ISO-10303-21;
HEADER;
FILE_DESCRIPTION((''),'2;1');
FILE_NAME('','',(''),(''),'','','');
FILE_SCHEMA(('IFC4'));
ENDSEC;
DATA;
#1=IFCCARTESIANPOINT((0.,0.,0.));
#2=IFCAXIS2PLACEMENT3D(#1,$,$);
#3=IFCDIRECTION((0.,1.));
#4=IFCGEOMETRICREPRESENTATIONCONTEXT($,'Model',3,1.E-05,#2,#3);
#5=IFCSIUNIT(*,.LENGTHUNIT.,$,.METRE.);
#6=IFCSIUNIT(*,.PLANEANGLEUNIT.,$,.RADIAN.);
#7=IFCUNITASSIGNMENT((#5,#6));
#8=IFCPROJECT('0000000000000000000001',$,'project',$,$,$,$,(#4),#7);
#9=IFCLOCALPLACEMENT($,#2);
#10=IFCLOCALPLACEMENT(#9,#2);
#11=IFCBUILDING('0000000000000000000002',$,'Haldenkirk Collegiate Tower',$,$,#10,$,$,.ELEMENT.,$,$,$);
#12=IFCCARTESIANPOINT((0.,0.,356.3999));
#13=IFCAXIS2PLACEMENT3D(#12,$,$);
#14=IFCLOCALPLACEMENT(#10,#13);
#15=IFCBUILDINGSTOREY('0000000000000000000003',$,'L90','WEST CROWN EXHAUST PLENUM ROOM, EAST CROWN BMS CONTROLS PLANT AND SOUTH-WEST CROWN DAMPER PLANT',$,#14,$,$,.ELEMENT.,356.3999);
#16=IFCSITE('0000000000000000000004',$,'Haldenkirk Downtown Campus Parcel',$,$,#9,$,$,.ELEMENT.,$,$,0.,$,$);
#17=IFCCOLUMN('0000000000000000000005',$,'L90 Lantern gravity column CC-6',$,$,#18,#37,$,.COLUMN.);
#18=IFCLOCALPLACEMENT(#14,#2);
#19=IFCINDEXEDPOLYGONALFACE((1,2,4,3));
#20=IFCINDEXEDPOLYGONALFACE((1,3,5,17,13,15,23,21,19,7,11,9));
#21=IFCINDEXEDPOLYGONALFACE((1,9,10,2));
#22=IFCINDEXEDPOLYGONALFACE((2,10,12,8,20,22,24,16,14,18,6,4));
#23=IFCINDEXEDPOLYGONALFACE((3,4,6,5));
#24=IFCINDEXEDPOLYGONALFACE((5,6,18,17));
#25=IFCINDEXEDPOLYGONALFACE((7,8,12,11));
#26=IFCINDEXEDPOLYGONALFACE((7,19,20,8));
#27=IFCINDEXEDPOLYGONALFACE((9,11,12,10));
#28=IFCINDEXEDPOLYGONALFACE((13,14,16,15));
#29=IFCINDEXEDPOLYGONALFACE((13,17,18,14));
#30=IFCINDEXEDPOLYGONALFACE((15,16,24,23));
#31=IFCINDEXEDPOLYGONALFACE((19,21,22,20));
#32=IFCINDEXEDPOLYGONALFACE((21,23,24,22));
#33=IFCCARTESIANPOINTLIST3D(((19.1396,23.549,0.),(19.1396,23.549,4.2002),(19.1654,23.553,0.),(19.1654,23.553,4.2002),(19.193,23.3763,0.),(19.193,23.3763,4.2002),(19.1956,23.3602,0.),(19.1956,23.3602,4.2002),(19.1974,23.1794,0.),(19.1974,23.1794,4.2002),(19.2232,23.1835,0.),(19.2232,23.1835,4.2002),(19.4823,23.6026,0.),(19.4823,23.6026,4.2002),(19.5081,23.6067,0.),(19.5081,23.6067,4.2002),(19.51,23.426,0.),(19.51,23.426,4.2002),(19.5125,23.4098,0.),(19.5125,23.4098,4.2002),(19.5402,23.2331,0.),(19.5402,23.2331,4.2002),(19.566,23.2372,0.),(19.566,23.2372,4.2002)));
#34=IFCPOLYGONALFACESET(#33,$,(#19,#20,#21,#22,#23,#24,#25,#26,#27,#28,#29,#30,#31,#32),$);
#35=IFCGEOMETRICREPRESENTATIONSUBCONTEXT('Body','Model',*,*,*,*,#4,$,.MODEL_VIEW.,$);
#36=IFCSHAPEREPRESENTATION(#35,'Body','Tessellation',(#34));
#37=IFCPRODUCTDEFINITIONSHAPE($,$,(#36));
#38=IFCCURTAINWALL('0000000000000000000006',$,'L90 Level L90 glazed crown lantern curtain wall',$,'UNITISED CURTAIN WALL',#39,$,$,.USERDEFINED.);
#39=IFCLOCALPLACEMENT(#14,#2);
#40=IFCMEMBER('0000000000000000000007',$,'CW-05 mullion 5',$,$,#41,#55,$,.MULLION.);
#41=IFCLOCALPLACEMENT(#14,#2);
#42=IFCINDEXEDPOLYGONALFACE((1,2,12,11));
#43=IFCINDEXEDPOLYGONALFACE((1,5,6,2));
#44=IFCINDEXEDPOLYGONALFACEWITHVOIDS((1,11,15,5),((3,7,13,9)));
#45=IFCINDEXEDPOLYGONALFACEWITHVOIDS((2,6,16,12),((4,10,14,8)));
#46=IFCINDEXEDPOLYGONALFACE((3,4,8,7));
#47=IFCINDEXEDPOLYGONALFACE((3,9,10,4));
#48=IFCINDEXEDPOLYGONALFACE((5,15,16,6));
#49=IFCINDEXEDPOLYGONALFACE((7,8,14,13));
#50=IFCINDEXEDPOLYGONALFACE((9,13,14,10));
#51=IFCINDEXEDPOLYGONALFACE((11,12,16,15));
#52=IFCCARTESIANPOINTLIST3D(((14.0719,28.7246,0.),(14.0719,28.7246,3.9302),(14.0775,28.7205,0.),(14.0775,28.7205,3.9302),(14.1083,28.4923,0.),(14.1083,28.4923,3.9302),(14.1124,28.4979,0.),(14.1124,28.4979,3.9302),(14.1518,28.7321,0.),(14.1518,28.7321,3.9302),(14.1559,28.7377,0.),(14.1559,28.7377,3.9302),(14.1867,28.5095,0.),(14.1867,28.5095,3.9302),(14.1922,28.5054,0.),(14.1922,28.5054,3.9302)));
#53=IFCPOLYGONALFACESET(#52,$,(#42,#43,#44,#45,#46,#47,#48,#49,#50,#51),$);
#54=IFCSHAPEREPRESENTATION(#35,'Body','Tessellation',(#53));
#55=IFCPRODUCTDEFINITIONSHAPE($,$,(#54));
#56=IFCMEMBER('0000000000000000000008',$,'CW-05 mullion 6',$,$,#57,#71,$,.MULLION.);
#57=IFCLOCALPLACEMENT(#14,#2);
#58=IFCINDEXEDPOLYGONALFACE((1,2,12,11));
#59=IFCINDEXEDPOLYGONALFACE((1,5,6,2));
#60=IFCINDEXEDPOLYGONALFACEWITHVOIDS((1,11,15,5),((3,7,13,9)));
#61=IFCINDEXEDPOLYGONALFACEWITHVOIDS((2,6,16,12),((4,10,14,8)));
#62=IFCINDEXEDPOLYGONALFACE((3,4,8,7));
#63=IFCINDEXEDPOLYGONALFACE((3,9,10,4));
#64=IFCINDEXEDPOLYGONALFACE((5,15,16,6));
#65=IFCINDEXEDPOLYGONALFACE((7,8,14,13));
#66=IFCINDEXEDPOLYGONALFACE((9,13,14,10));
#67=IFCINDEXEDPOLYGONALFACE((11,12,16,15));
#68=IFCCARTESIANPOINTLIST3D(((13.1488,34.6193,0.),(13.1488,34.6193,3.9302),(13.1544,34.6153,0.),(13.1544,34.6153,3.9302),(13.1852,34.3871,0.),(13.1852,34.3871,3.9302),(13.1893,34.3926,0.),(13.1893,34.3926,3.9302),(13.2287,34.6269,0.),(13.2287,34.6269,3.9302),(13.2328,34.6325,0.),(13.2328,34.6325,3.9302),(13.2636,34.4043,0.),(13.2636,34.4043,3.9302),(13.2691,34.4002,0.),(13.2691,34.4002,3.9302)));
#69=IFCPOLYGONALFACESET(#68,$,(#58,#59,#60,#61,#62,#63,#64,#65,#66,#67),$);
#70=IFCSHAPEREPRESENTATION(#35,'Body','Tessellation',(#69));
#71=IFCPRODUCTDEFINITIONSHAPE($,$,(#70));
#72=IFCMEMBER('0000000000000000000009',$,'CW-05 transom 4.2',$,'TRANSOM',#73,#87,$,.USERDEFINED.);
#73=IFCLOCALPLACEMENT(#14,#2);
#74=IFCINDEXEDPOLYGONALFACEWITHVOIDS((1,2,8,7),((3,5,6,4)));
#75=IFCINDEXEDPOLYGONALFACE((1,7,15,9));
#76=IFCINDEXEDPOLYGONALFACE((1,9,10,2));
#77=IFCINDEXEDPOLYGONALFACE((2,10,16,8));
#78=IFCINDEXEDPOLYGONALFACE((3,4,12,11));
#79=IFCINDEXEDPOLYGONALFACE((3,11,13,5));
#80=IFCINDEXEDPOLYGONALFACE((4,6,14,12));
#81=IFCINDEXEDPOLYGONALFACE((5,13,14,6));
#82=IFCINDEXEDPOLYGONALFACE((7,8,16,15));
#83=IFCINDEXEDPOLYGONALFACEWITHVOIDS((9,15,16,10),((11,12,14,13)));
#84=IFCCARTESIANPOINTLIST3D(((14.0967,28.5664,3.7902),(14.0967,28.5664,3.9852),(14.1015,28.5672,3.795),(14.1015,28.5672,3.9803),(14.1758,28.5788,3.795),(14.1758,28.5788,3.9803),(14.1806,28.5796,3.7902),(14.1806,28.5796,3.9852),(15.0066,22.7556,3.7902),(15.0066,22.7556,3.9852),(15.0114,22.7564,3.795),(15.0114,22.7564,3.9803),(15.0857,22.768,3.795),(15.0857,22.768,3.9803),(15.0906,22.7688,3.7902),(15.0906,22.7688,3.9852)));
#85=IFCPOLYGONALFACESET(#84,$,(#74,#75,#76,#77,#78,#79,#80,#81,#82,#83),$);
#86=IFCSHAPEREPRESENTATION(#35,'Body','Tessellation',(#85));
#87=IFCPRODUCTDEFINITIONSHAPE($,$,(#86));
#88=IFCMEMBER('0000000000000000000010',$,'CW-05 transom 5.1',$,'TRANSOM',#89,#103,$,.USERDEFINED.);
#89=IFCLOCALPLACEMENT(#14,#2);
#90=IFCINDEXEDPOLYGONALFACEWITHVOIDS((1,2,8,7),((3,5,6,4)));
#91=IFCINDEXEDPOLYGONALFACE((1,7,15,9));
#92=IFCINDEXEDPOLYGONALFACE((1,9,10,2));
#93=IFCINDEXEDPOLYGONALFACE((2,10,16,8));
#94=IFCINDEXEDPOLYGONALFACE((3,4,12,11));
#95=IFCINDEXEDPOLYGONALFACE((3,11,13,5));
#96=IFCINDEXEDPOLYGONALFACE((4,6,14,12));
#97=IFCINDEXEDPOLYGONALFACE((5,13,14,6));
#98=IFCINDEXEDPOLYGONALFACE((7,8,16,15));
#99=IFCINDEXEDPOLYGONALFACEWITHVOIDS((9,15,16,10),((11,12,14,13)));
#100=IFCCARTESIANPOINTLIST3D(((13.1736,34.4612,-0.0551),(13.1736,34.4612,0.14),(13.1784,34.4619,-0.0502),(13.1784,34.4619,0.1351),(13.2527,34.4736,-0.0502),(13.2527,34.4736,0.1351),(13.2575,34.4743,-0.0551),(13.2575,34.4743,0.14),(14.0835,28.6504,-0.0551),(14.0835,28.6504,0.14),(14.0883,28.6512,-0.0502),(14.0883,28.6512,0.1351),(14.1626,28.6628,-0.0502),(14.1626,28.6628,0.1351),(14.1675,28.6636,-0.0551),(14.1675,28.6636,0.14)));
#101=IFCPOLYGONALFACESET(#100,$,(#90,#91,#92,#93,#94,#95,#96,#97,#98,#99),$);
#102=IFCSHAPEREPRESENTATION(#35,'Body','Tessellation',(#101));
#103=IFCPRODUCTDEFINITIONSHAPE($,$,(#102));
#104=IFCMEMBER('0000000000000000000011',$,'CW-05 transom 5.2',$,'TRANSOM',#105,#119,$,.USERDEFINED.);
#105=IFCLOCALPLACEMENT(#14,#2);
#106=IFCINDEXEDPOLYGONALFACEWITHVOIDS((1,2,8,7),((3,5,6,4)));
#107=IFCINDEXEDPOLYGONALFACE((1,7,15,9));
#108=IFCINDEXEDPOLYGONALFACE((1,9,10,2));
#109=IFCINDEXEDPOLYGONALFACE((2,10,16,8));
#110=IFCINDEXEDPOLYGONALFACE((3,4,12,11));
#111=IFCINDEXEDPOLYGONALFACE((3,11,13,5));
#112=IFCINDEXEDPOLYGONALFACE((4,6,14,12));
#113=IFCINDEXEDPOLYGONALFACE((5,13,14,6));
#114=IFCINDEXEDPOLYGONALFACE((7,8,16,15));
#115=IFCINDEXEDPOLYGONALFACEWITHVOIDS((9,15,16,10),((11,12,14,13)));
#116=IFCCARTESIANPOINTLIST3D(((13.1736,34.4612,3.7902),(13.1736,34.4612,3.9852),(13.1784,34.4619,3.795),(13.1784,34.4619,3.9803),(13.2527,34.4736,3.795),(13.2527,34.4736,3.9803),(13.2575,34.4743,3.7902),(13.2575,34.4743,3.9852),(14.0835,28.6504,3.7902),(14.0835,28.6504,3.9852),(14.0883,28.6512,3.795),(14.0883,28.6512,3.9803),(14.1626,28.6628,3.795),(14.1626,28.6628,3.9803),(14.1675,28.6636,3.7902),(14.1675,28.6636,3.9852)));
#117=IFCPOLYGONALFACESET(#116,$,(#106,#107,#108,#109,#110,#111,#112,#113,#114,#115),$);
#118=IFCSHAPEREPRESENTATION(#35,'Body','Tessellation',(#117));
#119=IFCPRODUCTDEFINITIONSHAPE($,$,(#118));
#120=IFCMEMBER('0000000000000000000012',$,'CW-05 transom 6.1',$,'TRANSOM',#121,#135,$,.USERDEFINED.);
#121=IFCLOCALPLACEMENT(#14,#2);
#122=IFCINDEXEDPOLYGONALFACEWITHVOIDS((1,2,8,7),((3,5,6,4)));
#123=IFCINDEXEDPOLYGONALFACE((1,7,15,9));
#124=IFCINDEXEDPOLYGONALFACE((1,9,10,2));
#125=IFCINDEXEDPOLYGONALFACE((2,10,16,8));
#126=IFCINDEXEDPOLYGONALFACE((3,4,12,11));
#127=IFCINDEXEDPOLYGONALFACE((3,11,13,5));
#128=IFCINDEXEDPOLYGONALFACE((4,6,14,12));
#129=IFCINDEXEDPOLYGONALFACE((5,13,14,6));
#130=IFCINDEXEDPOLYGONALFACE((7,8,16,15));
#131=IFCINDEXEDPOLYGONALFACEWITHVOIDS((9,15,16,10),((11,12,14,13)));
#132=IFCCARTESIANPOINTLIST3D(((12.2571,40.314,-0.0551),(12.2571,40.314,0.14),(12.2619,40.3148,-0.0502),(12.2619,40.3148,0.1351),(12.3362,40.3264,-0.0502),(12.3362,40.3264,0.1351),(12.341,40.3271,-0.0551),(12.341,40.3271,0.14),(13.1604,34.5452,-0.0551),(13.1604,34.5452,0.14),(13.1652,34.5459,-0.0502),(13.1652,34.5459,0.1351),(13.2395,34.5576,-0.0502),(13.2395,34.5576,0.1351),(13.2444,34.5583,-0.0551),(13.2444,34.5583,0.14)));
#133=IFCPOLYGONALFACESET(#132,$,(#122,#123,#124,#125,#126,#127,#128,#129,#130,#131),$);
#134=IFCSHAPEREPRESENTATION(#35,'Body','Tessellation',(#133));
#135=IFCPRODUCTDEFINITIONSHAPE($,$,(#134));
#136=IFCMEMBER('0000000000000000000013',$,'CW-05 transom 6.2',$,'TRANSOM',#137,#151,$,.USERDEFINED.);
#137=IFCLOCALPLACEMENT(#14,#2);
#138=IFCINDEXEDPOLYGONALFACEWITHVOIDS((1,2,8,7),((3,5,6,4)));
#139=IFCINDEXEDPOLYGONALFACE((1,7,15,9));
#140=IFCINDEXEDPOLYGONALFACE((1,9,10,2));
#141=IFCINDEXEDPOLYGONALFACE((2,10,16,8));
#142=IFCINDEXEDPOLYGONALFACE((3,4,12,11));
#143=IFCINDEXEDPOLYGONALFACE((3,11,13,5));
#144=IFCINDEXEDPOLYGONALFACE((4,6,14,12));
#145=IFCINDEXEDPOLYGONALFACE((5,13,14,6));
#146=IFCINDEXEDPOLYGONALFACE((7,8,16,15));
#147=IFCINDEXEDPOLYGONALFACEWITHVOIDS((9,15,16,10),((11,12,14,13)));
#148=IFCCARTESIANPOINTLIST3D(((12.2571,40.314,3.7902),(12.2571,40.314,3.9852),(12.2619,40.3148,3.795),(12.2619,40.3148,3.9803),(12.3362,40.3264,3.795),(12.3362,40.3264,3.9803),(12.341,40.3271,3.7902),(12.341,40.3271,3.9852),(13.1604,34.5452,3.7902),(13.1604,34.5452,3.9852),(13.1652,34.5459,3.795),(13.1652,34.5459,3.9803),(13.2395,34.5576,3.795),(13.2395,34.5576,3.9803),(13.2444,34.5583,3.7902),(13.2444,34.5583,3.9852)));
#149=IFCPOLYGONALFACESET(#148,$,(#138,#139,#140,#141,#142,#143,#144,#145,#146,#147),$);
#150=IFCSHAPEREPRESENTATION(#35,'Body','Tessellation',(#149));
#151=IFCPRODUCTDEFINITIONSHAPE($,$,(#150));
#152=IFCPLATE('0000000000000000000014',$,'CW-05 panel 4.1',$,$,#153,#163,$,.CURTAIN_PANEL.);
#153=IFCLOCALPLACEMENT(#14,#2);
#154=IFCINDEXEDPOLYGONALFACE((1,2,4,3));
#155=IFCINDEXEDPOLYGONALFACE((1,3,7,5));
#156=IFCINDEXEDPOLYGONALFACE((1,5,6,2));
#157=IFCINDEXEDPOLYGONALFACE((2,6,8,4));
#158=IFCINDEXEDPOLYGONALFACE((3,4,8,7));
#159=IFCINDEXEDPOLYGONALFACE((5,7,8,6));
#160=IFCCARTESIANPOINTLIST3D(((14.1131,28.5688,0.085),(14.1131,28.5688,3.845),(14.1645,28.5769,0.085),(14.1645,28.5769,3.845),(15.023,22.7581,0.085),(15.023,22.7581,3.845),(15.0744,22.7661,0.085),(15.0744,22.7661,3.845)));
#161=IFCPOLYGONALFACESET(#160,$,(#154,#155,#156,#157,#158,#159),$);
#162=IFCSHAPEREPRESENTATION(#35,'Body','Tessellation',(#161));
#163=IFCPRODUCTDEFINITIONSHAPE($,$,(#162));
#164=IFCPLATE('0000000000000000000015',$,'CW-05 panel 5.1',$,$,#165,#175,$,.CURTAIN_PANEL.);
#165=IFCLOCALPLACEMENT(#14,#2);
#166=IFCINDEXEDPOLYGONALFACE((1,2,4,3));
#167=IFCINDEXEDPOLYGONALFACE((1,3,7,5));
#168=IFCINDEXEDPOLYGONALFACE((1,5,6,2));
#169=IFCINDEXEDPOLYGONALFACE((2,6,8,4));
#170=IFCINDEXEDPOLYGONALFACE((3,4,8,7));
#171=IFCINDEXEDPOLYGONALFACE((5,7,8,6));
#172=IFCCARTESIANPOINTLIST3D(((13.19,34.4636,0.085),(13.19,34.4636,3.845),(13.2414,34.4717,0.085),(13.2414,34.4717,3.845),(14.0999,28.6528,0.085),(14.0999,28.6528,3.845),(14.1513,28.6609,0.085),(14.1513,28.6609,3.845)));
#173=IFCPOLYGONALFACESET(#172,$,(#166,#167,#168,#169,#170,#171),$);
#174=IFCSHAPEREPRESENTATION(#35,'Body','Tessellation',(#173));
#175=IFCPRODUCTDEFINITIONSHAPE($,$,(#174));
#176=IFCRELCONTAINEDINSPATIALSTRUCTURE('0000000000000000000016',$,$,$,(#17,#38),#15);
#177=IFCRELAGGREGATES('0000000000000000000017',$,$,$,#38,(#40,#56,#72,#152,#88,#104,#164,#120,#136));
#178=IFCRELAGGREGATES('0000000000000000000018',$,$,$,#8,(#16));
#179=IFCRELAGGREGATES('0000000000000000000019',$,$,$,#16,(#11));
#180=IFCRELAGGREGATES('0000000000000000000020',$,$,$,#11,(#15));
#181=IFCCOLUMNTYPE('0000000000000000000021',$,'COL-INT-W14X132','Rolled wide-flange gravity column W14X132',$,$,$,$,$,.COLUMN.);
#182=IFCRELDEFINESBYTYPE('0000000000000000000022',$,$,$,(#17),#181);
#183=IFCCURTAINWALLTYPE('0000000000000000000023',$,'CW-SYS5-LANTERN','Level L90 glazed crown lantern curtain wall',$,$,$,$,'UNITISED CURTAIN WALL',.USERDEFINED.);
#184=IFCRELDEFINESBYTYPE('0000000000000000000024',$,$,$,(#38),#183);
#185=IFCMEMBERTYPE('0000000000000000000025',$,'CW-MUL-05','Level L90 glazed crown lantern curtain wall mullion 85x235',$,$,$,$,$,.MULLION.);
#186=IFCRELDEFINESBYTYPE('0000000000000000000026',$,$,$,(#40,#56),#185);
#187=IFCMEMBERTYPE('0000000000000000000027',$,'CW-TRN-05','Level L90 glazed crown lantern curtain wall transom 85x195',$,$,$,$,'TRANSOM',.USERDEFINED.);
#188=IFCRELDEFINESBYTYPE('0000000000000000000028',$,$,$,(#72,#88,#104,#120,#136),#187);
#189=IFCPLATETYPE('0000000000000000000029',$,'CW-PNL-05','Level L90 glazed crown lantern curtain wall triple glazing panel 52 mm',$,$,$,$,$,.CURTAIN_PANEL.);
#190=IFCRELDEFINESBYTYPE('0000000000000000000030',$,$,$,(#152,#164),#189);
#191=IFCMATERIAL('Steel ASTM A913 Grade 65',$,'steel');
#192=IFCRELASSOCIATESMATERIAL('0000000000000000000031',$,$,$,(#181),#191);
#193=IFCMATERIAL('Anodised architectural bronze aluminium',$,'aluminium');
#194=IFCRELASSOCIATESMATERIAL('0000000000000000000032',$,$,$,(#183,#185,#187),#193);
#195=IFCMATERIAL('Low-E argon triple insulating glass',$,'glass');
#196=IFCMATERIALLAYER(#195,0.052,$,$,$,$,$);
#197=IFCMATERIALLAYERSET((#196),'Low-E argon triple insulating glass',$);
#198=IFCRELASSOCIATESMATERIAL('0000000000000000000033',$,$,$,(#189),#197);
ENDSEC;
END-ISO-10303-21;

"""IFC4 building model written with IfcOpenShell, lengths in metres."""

from ifc_helpers import new_model, si_unit, direction, frame, origin, origin_2d, place, context, subcontext, project, spatial, rectangle, hollow_rectangle, i_section, extrude, source, transform, mapped, material, layer, layer_set, material_profile, profile_set, type_object, element, aggregate, save


model = new_model("IFC4")

# Units and contexts
model_context = context("Model", 3, precision=1e-05, world=origin(), true_north=direction((0.0, 1.0)))
body_context = subcontext(model_context, "Body", "Model", "MODEL_VIEW")
ifc_project = project(units=[si_unit("LENGTHUNIT", "METRE"), si_unit("PLANEANGLEUNIT", "RADIAN")], contexts=[model_context])

# Site, building, storey
site_placement = place(None, origin())
site = spatial("IfcSite", under=ifc_project, at=site_placement, Name="Haldenkirk Downtown Campus Parcel", CompositionType="ELEMENT", RefElevation=0.0)
building_placement = place(site_placement, origin())
building = spatial("IfcBuilding", under=site, at=building_placement, Name="Haldenkirk Collegiate Tower", CompositionType="ELEMENT")
storey_placement = place(building_placement, frame((0.0, 0.0, 356.3999)))
storey = spatial("IfcBuildingStorey", under=building, at=storey_placement, Name="L90", Description="WEST CROWN EXHAUST PLENUM ROOM, EAST CROWN BMS CONTROLS PLANT AND SOUTH-WEST CROWN DAMPER PLANT", CompositionType="ELEMENT", Elevation=356.3999)

# Column
ifc_material_1 = material(Name="Steel ASTM A913 Grade 65", Category="steel")
ifc_material_profile_1 = material_profile(ifc_material_1, i_section(OverallWidth=0.374, OverallDepth=0.373, WebThickness=0.0164, FlangeThickness=0.0261, at=origin_2d()), Name="W14X132")
ifc_profile_set_1 = profile_set([ifc_material_profile_1], Name="Steel ASTM A913 Grade 65")
column_type = type_object("IfcColumnType", Name="COL-INT-W14X132", Description="Rolled wide-flange gravity column W14X132", PredefinedType="COLUMN", material=ifc_profile_set_1)
column_placement = place(storey_placement, frame((19.3528, 23.3931, 0.0), z_axis=(0.0, 0.0, 1.0), x_axis=(-0.15471, 0.98796, 0.0)))
element("IfcColumn", 1, at=column_placement, inside=storey, type_object=column_type, Name="L90 Lantern gravity column CC-6", PredefinedType="COLUMN", context=body_context, shape_type="SweptSolid", body=[
    extrude(i_section(OverallWidth=0.374, OverallDepth=0.373, WebThickness=0.0164, FlangeThickness=0.0261, at=origin_2d()), origin(), (0.0, 0.0, 1.0), 4.2002),
])

# Curtain wall, members, plates
ifc_material_2 = material(Name="Anodised architectural bronze aluminium", Category="aluminium")
curtain_wall_type = type_object("IfcCurtainWallType", Name="CW-SYS5-LANTERN", Description="Level L90 glazed crown lantern curtain wall", ElementType="UNITISED CURTAIN WALL", PredefinedType="USERDEFINED", material=ifc_material_2)
curtain_wall_placement = place(storey_placement, origin())
curtain_wall = element("IfcCurtainWall", 2, at=curtain_wall_placement, inside=storey, type_object=curtain_wall_type, Name="L90 Level L90 glazed crown lantern curtain wall", ObjectType="UNITISED CURTAIN WALL", PredefinedType="USERDEFINED")
ifc_material_profile_2 = material_profile(ifc_material_2, hollow_rectangle(XDim=0.085, YDim=0.2351, WallThickness=0.0049, at=origin_2d()), Name="CW-MUL-05")
ifc_profile_set_2 = profile_set([ifc_material_profile_2], Name="Anodised architectural bronze aluminium")
member_type_1 = type_object("IfcMemberType", Name="CW-MUL-05", Description="Level L90 glazed crown lantern curtain wall mullion 85x235", PredefinedType="MULLION", material=ifc_profile_set_2)
member_1_placement = place(storey_placement, frame((14.1321, 28.615, 0.0), z_axis=(0.0, 0.0, 1.0), x_axis=(-0.98796, -0.154713, 0.0)))
member_1 = element("IfcMember", 3, at=member_1_placement, type_object=member_type_1, Name="CW-05 mullion 5", PredefinedType="MULLION", context=body_context, shape_type="SweptSolid", body=[
    extrude(hollow_rectangle(XDim=0.085, YDim=0.2351, WallThickness=0.0049, at=origin_2d()), origin(), (0.0, 0.0, 1.0), 3.9302),
])
member_2_placement = place(storey_placement, frame((13.209, 34.5098, 0.0), z_axis=(0.0, 0.0, 1.0), x_axis=(-0.98796, -0.154713, 0.0)))
member_2 = element("IfcMember", 4, at=member_2_placement, type_object=member_type_1, Name="CW-05 mullion 6", PredefinedType="MULLION", context=body_context, shape_type="SweptSolid", body=[
    extrude(hollow_rectangle(XDim=0.085, YDim=0.2351, WallThickness=0.0049, at=origin_2d()), origin(), (0.0, 0.0, 1.0), 3.9302),
])
ifc_material_profile_3 = material_profile(ifc_material_2, hollow_rectangle(XDim=0.085, YDim=0.1951, WallThickness=0.0049, at=origin_2d()), Name="CW-TRN-05")
ifc_profile_set_3 = profile_set([ifc_material_profile_3], Name="Anodised architectural bronze aluminium")
member_type_2 = type_object("IfcMemberType", Name="CW-TRN-05", Description="Level L90 glazed crown lantern curtain wall transom 85x195", ElementType="TRANSOM", PredefinedType="USERDEFINED", material=ifc_profile_set_3)
member_3_placement = place(storey_placement, frame((15.0486, 22.7622, 3.8877), z_axis=(-0.154705, 0.987961, 0.0), x_axis=(-0.987961, -0.154705, 0.0)))
member_3 = element("IfcMember", 5, at=member_3_placement, type_object=member_type_2, Name="CW-05 transom 4.2", ObjectType="TRANSOM", PredefinedType="USERDEFINED", context=body_context, shape_type="SweptSolid", body=[
    extrude(hollow_rectangle(XDim=0.085, YDim=0.1951, WallThickness=0.0049, at=origin_2d()), origin(), (0.0, 0.0, 1.0), 5.8816),
])
member_4_placement = place(storey_placement, frame((14.1255, 28.657, 0.0425), z_axis=(-0.154705, 0.987961, 0.0), x_axis=(-0.987961, -0.154705, 0.0)))
member_4 = element("IfcMember", 6, at=member_4_placement, type_object=member_type_2, Name="CW-05 transom 5.1", ObjectType="TRANSOM", PredefinedType="USERDEFINED", context=body_context, shape_type="SweptSolid", body=[
    extrude(hollow_rectangle(XDim=0.085, YDim=0.1951, WallThickness=0.0049, at=origin_2d()), origin(), (0.0, 0.0, 1.0), 5.8816),
])
member_5_placement = place(storey_placement, frame((14.1255, 28.657, 3.8877), z_axis=(-0.154705, 0.987961, 0.0), x_axis=(-0.987961, -0.154705, 0.0)))
member_5 = element("IfcMember", 7, at=member_5_placement, type_object=member_type_2, Name="CW-05 transom 5.2", ObjectType="TRANSOM", PredefinedType="USERDEFINED", context=body_context, shape_type="SweptSolid", body=[
    extrude(hollow_rectangle(XDim=0.085, YDim=0.1951, WallThickness=0.0049, at=origin_2d()), origin(), (0.0, 0.0, 1.0), 5.8816),
])
member_6_placement = place(storey_placement, frame((13.2024, 34.5518, 0.0425), z_axis=(-0.154702, 0.987961, 0.0), x_axis=(-0.987961, -0.154702, 0.0)))
member_6 = element("IfcMember", 8, at=member_6_placement, type_object=member_type_2, Name="CW-05 transom 6.1", ObjectType="TRANSOM", PredefinedType="USERDEFINED", context=body_context, shape_type="SweptSolid", body=[
    extrude(hollow_rectangle(XDim=0.085, YDim=0.1951, WallThickness=0.0049, at=origin_2d()), origin(), (0.0, 0.0, 1.0), 5.8391),
])
member_7_placement = place(storey_placement, frame((13.2024, 34.5518, 3.8877), z_axis=(-0.154702, 0.987961, 0.0), x_axis=(-0.987961, -0.154702, 0.0)))
member_7 = element("IfcMember", 9, at=member_7_placement, type_object=member_type_2, Name="CW-05 transom 6.2", ObjectType="TRANSOM", PredefinedType="USERDEFINED", context=body_context, shape_type="SweptSolid", body=[
    extrude(hollow_rectangle(XDim=0.085, YDim=0.1951, WallThickness=0.0049, at=origin_2d()), origin(), (0.0, 0.0, 1.0), 5.8391),
])
ifc_material_3 = material(Name="Low-E argon triple insulating glass", Category="glass")
ifc_layer_1 = layer(ifc_material_3, 0.052)
ifc_layer_set_1 = layer_set([ifc_layer_1], Name="Low-E argon triple insulating glass")
plate_type = type_object("IfcPlateType", Name="CW-PNL-05", Description="Level L90 glazed crown lantern curtain wall triple glazing panel 52 mm", PredefinedType="CURTAIN_PANEL", material=ifc_layer_set_1)
shared_shape = source(origin(), body_context, "Body", "SweptSolid", [
    extrude(rectangle(XDim=5.8816, YDim=0.052, at=origin_2d()), origin(), (0.0, 0.0, 1.0), 3.76),
])
plate_1_placement = place(storey_placement, frame((14.5938, 25.6675, 0.085), z_axis=(0.0, 0.0, 1.0), x_axis=(-0.154713, 0.98796, 0.0)))
plate_1 = element("IfcPlate", 10, at=plate_1_placement, type_object=plate_type, Name="CW-05 panel 4.1", PredefinedType="CURTAIN_PANEL", context=body_context, shape_type="MappedRepresentation", body=[
    mapped(shared_shape, transform((0.0, 0.0, 0.0), x_axis=(1.0, 0.0, 0.0), y_axis=(0.0, 1.0, 0.0), z_axis=(0.0, 0.0, 1.0), scale=1.0)),
])
plate_2_placement = place(storey_placement, frame((13.6707, 31.5623, 0.085), z_axis=(0.0, 0.0, 1.0), x_axis=(-0.154713, 0.98796, 0.0)))
plate_2 = element("IfcPlate", 11, at=plate_2_placement, type_object=plate_type, Name="CW-05 panel 5.1", PredefinedType="CURTAIN_PANEL", context=body_context, shape_type="MappedRepresentation", body=[
    mapped(shared_shape, transform((0.0, 0.0, 0.0), x_axis=(1.0, 0.0, 0.0), y_axis=(0.0, 1.0, 0.0), z_axis=(0.0, 0.0, 1.0), scale=1.0)),
])
aggregate(curtain_wall, [member_1, member_2, member_3, plate_1, member_4, member_5, plate_2, member_6, member_7])

save(model, "model.ifc")
